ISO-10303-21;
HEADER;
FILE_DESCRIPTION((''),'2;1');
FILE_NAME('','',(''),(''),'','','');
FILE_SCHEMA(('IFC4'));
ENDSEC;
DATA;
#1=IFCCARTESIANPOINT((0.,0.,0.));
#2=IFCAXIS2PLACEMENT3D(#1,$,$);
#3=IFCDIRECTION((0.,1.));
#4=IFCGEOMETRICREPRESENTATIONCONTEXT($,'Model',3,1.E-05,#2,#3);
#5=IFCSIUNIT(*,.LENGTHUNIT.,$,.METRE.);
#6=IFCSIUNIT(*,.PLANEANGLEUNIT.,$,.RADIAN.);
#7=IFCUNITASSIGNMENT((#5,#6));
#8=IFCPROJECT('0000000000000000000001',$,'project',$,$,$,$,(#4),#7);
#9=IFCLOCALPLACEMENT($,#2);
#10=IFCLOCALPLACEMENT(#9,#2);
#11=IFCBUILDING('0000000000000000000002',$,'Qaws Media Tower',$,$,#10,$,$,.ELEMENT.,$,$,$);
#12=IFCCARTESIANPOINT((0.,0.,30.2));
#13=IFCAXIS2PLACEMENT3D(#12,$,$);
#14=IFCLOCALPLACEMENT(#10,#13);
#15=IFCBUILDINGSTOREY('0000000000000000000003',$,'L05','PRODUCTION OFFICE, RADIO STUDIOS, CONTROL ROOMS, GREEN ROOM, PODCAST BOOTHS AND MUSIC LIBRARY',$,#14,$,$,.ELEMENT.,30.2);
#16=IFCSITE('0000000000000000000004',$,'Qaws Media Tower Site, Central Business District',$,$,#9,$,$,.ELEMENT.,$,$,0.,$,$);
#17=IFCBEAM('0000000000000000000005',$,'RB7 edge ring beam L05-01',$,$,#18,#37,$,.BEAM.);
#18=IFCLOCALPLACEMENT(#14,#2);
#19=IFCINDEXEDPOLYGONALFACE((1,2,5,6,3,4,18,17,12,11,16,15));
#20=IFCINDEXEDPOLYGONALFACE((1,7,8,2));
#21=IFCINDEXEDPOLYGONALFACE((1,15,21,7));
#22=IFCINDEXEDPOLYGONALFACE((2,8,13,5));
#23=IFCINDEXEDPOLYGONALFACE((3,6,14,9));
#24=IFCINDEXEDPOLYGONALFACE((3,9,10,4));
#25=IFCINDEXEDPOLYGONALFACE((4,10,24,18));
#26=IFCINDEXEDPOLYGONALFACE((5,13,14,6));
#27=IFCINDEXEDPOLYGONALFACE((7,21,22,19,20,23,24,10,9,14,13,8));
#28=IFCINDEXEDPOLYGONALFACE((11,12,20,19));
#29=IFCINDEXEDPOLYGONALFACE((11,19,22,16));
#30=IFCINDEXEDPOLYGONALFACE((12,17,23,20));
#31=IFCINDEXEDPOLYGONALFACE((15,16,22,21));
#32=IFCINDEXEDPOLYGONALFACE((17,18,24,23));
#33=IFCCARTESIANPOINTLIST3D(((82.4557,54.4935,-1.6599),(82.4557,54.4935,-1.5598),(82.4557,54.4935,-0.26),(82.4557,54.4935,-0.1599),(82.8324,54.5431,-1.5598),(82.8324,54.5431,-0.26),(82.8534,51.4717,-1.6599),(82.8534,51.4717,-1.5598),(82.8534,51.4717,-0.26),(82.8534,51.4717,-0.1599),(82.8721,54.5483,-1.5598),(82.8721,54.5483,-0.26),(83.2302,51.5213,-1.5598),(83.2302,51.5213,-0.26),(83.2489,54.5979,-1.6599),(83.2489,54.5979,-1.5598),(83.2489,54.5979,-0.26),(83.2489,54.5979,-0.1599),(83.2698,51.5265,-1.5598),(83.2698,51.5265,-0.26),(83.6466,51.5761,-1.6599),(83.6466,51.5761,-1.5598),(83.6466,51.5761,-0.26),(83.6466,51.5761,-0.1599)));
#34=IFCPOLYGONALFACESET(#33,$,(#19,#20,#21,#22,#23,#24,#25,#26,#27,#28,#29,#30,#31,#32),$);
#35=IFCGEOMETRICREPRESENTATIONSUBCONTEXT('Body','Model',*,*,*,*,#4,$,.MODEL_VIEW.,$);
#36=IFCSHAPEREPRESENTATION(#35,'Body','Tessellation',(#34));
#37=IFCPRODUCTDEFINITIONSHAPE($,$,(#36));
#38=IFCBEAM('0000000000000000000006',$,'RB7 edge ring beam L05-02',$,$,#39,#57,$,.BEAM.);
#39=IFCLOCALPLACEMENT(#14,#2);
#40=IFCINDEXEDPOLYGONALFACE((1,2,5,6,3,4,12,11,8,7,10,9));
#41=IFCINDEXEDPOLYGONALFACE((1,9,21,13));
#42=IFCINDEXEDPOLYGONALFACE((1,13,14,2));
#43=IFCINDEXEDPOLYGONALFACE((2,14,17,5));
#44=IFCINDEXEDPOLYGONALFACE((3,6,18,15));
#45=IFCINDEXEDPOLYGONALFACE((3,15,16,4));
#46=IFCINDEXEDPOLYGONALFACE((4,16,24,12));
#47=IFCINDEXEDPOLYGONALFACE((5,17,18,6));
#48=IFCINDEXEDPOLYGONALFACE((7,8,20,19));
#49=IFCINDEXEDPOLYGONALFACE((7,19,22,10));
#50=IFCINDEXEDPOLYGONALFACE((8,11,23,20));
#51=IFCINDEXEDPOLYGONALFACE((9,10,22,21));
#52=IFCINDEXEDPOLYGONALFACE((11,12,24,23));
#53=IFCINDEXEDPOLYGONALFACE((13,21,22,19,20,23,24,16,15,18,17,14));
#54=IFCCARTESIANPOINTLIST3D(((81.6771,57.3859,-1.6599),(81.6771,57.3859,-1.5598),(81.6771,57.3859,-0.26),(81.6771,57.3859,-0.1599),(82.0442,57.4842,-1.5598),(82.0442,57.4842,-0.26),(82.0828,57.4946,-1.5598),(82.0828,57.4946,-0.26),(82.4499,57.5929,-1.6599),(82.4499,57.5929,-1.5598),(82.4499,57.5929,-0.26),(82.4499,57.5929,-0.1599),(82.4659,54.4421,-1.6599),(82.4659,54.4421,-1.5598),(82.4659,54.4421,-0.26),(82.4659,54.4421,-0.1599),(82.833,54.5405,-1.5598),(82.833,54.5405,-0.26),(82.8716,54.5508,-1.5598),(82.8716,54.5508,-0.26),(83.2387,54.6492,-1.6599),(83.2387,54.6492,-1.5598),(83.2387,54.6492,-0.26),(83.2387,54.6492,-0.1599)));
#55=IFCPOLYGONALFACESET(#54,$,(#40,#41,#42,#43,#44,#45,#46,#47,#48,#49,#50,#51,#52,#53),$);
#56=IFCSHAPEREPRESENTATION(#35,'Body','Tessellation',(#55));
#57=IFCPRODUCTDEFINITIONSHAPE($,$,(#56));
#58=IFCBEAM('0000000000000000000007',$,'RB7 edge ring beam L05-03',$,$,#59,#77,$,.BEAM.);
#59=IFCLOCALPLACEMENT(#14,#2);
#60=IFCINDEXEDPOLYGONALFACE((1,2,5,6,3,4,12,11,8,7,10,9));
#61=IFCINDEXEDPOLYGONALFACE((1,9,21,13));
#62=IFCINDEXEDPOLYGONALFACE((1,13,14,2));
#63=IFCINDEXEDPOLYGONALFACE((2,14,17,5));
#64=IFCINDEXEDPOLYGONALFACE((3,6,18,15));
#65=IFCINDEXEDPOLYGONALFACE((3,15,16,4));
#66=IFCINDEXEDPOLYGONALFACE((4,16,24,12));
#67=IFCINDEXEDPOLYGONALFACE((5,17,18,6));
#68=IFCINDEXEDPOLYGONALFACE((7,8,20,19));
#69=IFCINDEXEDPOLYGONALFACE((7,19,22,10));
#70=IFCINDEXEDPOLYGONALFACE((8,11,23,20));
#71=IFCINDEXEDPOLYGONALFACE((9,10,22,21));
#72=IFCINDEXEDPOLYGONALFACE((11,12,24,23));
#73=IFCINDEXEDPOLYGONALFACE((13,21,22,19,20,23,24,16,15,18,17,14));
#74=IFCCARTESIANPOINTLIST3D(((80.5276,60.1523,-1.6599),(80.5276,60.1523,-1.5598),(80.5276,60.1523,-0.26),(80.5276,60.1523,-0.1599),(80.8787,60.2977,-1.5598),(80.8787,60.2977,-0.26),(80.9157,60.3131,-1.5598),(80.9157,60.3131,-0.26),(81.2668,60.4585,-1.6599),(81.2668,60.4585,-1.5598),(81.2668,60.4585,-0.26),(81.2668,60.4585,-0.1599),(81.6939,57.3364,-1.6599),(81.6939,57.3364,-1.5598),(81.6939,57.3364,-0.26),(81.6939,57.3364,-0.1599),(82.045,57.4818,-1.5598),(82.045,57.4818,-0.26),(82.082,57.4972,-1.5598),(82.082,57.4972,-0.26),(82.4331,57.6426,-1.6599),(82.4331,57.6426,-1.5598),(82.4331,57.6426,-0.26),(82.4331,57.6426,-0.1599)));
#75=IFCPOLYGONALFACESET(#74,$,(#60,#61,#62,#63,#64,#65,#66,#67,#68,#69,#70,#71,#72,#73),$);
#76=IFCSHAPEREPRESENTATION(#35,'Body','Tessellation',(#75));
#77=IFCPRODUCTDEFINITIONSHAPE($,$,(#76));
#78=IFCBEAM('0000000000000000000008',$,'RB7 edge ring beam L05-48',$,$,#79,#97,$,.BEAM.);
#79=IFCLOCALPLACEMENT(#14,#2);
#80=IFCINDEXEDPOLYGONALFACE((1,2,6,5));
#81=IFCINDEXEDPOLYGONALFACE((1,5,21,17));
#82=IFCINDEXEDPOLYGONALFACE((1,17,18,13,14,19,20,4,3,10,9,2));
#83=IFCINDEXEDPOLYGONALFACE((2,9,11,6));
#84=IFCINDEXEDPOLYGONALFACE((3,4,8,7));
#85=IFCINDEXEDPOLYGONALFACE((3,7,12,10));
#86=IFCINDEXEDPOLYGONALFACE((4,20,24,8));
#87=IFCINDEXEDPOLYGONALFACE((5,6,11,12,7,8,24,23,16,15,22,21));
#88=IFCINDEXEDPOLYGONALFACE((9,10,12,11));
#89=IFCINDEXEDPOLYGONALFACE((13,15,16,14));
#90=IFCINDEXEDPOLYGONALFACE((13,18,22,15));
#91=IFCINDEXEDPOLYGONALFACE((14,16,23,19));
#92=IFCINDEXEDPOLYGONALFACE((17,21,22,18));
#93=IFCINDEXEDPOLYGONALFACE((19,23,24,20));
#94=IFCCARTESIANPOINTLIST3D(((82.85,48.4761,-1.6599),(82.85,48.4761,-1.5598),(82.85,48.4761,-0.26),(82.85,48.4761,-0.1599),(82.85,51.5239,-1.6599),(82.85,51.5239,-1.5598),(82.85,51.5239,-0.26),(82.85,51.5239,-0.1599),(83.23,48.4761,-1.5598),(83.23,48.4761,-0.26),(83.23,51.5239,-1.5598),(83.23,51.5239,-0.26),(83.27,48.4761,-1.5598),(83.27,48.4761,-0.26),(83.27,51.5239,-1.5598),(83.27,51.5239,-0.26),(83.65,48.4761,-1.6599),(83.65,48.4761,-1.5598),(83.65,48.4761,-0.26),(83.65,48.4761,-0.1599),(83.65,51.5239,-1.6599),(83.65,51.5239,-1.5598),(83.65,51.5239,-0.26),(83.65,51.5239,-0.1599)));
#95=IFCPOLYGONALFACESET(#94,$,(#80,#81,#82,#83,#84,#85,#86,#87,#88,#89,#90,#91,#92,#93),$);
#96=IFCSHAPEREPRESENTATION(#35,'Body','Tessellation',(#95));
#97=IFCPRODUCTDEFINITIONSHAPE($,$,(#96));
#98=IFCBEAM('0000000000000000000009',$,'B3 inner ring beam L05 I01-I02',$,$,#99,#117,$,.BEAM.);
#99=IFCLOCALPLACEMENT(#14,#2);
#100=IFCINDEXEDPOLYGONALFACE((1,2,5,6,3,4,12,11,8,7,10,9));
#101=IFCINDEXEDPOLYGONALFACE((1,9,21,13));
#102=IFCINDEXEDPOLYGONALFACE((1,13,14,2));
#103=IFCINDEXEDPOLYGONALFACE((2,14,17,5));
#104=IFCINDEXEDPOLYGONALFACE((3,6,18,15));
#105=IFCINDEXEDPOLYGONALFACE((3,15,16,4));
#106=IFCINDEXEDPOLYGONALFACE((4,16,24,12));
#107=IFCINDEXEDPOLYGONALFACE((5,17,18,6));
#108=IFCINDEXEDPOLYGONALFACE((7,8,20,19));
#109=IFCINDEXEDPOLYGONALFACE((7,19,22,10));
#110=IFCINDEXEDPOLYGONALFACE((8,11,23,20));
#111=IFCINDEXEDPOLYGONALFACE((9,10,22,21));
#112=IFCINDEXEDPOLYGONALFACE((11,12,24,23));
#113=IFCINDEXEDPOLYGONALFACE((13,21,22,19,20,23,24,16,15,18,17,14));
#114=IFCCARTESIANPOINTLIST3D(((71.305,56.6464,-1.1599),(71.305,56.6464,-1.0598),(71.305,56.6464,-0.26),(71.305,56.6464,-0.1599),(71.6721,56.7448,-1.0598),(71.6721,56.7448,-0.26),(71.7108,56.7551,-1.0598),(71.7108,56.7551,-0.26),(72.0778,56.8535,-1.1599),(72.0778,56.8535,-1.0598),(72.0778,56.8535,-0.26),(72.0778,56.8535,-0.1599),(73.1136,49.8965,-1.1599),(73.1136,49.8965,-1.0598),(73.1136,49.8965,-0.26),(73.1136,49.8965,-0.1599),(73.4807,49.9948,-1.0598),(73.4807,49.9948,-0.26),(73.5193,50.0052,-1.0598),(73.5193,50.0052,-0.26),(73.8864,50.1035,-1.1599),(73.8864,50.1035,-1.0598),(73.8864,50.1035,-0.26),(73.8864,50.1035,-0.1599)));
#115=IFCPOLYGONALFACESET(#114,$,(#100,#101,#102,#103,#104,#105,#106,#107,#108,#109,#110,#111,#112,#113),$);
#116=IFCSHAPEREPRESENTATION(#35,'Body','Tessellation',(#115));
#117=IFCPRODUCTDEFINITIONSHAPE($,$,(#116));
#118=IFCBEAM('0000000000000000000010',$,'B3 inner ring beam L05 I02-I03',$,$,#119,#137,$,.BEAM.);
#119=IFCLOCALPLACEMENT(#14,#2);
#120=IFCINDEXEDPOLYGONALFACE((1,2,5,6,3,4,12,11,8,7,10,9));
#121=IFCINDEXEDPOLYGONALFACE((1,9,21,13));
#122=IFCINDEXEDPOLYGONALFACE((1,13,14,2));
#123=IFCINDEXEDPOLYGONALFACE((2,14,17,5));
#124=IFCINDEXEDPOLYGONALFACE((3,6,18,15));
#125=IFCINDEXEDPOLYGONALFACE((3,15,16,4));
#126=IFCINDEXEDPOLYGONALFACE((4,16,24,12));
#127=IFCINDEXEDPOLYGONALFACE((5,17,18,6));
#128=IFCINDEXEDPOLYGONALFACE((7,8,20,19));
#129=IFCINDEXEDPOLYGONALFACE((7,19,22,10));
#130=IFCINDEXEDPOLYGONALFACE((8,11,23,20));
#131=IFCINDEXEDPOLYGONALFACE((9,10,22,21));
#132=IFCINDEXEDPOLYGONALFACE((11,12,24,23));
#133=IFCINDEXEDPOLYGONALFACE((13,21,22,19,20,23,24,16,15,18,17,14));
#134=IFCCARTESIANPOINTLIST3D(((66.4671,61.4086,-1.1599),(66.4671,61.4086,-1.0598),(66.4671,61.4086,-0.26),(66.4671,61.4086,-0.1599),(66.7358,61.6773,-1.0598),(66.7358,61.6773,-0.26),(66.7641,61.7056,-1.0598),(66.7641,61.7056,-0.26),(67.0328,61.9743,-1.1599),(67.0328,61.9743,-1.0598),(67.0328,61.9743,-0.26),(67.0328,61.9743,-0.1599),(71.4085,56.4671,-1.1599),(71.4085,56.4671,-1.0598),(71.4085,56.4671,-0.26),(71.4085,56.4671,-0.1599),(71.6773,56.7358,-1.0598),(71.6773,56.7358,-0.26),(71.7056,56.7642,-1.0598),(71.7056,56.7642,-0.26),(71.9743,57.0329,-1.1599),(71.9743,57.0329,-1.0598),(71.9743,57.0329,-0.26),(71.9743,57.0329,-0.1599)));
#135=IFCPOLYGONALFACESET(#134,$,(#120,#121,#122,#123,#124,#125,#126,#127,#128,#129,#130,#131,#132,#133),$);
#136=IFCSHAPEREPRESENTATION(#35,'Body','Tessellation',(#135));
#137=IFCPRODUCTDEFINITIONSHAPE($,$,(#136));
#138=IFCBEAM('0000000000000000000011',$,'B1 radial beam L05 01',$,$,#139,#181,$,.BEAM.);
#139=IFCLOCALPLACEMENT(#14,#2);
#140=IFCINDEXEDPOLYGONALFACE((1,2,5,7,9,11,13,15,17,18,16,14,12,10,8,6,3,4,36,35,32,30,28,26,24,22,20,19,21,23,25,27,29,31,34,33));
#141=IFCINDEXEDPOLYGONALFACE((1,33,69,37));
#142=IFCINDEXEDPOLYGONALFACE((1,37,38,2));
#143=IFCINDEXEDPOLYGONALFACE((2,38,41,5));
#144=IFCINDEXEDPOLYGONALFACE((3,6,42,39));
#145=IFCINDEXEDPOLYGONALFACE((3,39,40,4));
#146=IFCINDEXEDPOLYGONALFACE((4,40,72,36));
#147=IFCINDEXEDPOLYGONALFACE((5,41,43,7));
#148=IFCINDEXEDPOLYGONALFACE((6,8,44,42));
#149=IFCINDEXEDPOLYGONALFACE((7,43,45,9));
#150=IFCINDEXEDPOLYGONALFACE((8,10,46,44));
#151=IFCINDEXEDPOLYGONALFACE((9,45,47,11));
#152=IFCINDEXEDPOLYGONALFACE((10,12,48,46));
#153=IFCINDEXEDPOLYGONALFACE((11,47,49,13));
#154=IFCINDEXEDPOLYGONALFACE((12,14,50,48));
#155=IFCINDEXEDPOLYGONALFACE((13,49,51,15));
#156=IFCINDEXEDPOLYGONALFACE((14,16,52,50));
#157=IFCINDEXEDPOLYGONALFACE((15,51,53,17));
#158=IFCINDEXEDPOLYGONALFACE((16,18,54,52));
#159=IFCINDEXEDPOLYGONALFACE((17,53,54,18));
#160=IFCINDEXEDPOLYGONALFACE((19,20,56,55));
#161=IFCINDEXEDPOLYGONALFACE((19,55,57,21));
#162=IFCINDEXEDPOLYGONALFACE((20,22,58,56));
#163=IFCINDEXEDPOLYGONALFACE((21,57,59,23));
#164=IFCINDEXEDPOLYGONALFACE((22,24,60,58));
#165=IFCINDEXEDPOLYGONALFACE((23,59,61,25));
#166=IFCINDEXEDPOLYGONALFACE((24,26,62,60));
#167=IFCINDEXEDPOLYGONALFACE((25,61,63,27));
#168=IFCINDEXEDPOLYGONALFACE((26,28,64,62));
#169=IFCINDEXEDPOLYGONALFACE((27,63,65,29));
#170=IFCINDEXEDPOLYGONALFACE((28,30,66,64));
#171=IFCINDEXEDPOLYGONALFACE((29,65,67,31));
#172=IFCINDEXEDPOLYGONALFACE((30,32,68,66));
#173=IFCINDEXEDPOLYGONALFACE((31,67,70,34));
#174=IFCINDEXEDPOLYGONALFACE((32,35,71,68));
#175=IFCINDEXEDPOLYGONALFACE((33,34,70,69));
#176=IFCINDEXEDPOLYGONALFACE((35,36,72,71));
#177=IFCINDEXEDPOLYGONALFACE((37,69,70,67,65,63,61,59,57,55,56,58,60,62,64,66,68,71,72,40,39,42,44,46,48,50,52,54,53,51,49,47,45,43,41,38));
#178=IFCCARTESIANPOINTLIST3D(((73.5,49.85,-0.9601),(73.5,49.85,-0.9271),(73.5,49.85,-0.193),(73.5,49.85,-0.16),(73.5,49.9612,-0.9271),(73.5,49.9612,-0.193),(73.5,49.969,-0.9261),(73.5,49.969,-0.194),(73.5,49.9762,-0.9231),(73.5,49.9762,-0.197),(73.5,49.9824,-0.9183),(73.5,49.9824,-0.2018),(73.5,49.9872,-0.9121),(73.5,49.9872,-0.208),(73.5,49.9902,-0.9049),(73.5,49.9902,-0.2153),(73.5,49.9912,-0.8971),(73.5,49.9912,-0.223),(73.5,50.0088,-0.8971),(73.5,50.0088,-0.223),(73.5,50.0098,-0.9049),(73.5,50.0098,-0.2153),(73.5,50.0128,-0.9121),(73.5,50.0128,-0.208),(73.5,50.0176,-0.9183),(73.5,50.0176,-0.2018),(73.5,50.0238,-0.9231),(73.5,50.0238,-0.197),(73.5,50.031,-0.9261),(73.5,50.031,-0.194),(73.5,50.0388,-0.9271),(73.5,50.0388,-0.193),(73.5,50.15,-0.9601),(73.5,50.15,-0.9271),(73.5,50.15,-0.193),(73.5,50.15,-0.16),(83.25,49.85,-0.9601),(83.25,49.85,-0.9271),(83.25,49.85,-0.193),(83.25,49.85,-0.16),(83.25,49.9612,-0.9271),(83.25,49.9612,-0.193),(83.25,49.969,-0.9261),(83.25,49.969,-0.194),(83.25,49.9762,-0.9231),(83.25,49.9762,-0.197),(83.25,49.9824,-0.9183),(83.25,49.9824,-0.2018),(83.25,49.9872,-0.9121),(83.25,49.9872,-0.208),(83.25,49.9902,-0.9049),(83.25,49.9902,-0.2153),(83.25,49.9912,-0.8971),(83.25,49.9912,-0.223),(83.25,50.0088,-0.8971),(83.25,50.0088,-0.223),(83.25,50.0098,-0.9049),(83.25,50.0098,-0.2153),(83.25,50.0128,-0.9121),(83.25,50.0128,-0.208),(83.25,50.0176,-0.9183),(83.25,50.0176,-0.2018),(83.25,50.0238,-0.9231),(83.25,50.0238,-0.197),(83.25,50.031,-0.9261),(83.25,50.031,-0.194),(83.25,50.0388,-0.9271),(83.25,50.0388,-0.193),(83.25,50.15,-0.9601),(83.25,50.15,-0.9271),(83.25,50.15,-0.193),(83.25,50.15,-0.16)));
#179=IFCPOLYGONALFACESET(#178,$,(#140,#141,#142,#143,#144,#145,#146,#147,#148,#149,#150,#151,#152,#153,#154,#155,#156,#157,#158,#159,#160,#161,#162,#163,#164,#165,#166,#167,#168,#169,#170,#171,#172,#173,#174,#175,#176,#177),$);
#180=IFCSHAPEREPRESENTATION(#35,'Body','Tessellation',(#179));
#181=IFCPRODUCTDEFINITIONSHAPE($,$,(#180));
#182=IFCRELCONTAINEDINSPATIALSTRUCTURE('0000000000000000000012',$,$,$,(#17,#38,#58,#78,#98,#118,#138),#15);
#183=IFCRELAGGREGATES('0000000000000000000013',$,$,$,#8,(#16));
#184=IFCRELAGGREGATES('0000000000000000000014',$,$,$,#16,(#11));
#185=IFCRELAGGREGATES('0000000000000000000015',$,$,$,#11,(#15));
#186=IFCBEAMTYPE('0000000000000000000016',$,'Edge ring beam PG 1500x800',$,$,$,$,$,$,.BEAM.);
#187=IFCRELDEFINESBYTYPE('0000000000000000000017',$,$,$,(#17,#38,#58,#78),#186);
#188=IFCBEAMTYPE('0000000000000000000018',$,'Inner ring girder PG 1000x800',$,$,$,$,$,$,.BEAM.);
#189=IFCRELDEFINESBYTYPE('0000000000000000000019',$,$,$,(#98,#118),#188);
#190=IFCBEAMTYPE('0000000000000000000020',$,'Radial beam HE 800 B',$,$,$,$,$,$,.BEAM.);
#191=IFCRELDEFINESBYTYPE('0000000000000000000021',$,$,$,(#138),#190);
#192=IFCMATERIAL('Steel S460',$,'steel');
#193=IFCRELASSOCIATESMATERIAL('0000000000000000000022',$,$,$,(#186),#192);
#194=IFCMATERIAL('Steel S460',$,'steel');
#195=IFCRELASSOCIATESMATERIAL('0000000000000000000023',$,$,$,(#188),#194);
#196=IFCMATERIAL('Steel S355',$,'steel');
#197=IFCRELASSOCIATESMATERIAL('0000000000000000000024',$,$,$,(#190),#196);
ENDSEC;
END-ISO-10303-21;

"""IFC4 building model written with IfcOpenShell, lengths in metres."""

from ifc_helpers import new_model, si_unit, direction, frame, origin, origin_2d, place, context, subcontext, project, spatial, i_section, extrude, material, material_profile, profile_set, type_object, element, save


model = new_model("IFC4")

# Units and contexts
model_context = context("Model", 3, precision=1e-05, world=origin(), true_north=direction((0.0, 1.0)))
body_context = subcontext(model_context, "Body", "Model", "MODEL_VIEW")
ifc_project = project(units=[si_unit("LENGTHUNIT", "METRE"), si_unit("PLANEANGLEUNIT", "RADIAN")], contexts=[model_context])

# Site, building, storey
site_placement = place(None, origin())
site = spatial("IfcSite", under=ifc_project, at=site_placement, Name="Qaws Media Tower Site, Central Business District", CompositionType="ELEMENT", RefElevation=0.0)
building_placement = place(site_placement, origin())
building = spatial("IfcBuilding", under=site, at=building_placement, Name="Qaws Media Tower", CompositionType="ELEMENT")
storey_placement = place(building_placement, frame((0.0, 0.0, 30.2)))
storey = spatial("IfcBuildingStorey", under=building, at=storey_placement, Name="L05", Description="PRODUCTION OFFICE, RADIO STUDIOS, CONTROL ROOMS, GREEN ROOM, PODCAST BOOTHS AND MUSIC LIBRARY", CompositionType="ELEMENT", Elevation=30.2)

# Beams
ifc_material_1 = material(Name="Steel S460", Category="steel")
ifc_material_profile_1 = material_profile(ifc_material_1, i_section(OverallWidth=0.8, OverallDepth=1.5, WebThickness=0.04, FlangeThickness=0.1001, at=origin_2d()), Name="PG 1500x800")
ifc_profile_set_1 = profile_set([ifc_material_profile_1], Name="Steel S460")
beam_type_1 = type_object("IfcBeamType", Name="Edge ring beam PG 1500x800", PredefinedType="BEAM", material=ifc_profile_set_1)
beam_1_placement = place(storey_placement, frame((83.25, 51.5239, -0.9099), z_axis=(-0.13049, 0.99145, 0.0), x_axis=(-0.99145, -0.13049, 0.0)))
element("IfcBeam", 1, at=beam_1_placement, inside=storey, type_object=beam_type_1, Name="RB7 edge ring beam L05-01", PredefinedType="BEAM", context=body_context, shape_type="SweptSolid", body=[
    extrude(i_section(OverallWidth=0.8, OverallDepth=1.5, WebThickness=0.04, FlangeThickness=0.1001, at=origin_2d()), origin(), (0.0, 0.0, 1.0), 3.0479),
])
beam_2_placement = place(storey_placement, frame((82.8523, 54.5457, -0.9099), z_axis=(-0.258824, 0.965924, 0.0), x_axis=(-0.965924, -0.258824, 0.0)))
element("IfcBeam", 2, at=beam_2_placement, inside=storey, type_object=beam_type_1, Name="RB7 edge ring beam L05-02", PredefinedType="BEAM", context=body_context, shape_type="SweptSolid", body=[
    extrude(i_section(OverallWidth=0.8, OverallDepth=1.5, WebThickness=0.04, FlangeThickness=0.1001, at=origin_2d()), origin(), (0.0, 0.0, 1.0), 3.0476),
])
for number, where, z_axis, x_axis, name in (
    (3, (82.0635, 57.4895, -0.9099), (-0.382647, 0.923895, 0.0), (-0.923895, -0.382647, 0.0), "RB7 edge ring beam L05-03"),
    (4, (83.25, 48.4761, -0.9099), (0.0, 1.0, 0.0), (-1.0, 0.0, 0.0), "RB7 edge ring beam L05-48"),
):
    element("IfcBeam", number, at=place(storey_placement, frame(where, z_axis=z_axis, x_axis=x_axis)), inside=storey, type_object=beam_type_1, Name=name, PredefinedType="BEAM", context=body_context, shape_type="SweptSolid", body=[
        extrude(i_section(OverallWidth=0.8, OverallDepth=1.5, WebThickness=0.04, FlangeThickness=0.1001, at=origin_2d()), origin(), (0.0, 0.0, 1.0), 3.0479),
    ])
ifc_material_2 = material(Name="Steel S460", Category="steel")
ifc_material_profile_2 = material_profile(ifc_material_2, i_section(OverallWidth=0.8, OverallDepth=1.0, WebThickness=0.04, FlangeThickness=0.1001, at=origin_2d()), Name="PG 1000x800")
ifc_profile_set_2 = profile_set([ifc_material_profile_2], Name="Steel S460")
beam_type_2 = type_object("IfcBeamType", Name="Inner ring girder PG 1000x800", PredefinedType="BEAM", material=ifc_profile_set_2)
beam_3_placement = place(storey_placement, frame((73.5, 50.0, -0.6599), z_axis=(-0.258811, 0.965928, 0.0), x_axis=(-0.965928, -0.258811, 0.0)))
element("IfcBeam", 5, at=beam_3_placement, inside=storey, type_object=beam_type_2, Name="B3 inner ring beam L05 I01-I02", PredefinedType="BEAM", context=body_context, shape_type="SweptSolid", body=[
    extrude(i_section(OverallWidth=0.8, OverallDepth=1.0, WebThickness=0.04, FlangeThickness=0.1001, at=origin_2d()), origin(), (0.0, 0.0, 1.0), 6.988),
])
beam_4_placement = place(storey_placement, frame((71.6914, 56.75, -0.6599), z_axis=(-0.707107, 0.707107, 0.0), x_axis=(-0.707107, -0.707107, 0.0)))
element("IfcBeam", 6, at=beam_4_placement, inside=storey, type_object=beam_type_2, Name="B3 inner ring beam L05 I02-I03", PredefinedType="BEAM", context=body_context, shape_type="SweptSolid", body=[
    extrude(i_section(OverallWidth=0.8, OverallDepth=1.0, WebThickness=0.04, FlangeThickness=0.1001, at=origin_2d()), origin(), (0.0, 0.0, 1.0), 6.9883),
])
ifc_material_3 = material(Name="Steel S355", Category="steel")
ifc_material_profile_3 = material_profile(ifc_material_3, i_section(OverallWidth=0.3, OverallDepth=0.8, WebThickness=0.0176, FlangeThickness=0.033, FilletRadius=0.03, at=origin_2d()), Name="HE 800 B")
ifc_profile_set_3 = profile_set([ifc_material_profile_3], Name="Steel S355")
beam_type_3 = type_object("IfcBeamType", Name="Radial beam HE 800 B", PredefinedType="BEAM", material=ifc_profile_set_3)
beam_5_placement = place(storey_placement, frame((73.5, 50.0, -0.5601), z_axis=(1.0, 0.0, 0.0), x_axis=(0.0, 1.0, 0.0)))
element("IfcBeam", 7, at=beam_5_placement, inside=storey, type_object=beam_type_3, Name="B1 radial beam L05 01", PredefinedType="BEAM", context=body_context, shape_type="SweptSolid", body=[
    extrude(i_section(OverallWidth=0.3, OverallDepth=0.8, WebThickness=0.0176, FlangeThickness=0.033, FilletRadius=0.03, at=origin_2d()), origin(), (0.0, 0.0, 1.0), 9.75),
])

save(model, "model.ifc")
